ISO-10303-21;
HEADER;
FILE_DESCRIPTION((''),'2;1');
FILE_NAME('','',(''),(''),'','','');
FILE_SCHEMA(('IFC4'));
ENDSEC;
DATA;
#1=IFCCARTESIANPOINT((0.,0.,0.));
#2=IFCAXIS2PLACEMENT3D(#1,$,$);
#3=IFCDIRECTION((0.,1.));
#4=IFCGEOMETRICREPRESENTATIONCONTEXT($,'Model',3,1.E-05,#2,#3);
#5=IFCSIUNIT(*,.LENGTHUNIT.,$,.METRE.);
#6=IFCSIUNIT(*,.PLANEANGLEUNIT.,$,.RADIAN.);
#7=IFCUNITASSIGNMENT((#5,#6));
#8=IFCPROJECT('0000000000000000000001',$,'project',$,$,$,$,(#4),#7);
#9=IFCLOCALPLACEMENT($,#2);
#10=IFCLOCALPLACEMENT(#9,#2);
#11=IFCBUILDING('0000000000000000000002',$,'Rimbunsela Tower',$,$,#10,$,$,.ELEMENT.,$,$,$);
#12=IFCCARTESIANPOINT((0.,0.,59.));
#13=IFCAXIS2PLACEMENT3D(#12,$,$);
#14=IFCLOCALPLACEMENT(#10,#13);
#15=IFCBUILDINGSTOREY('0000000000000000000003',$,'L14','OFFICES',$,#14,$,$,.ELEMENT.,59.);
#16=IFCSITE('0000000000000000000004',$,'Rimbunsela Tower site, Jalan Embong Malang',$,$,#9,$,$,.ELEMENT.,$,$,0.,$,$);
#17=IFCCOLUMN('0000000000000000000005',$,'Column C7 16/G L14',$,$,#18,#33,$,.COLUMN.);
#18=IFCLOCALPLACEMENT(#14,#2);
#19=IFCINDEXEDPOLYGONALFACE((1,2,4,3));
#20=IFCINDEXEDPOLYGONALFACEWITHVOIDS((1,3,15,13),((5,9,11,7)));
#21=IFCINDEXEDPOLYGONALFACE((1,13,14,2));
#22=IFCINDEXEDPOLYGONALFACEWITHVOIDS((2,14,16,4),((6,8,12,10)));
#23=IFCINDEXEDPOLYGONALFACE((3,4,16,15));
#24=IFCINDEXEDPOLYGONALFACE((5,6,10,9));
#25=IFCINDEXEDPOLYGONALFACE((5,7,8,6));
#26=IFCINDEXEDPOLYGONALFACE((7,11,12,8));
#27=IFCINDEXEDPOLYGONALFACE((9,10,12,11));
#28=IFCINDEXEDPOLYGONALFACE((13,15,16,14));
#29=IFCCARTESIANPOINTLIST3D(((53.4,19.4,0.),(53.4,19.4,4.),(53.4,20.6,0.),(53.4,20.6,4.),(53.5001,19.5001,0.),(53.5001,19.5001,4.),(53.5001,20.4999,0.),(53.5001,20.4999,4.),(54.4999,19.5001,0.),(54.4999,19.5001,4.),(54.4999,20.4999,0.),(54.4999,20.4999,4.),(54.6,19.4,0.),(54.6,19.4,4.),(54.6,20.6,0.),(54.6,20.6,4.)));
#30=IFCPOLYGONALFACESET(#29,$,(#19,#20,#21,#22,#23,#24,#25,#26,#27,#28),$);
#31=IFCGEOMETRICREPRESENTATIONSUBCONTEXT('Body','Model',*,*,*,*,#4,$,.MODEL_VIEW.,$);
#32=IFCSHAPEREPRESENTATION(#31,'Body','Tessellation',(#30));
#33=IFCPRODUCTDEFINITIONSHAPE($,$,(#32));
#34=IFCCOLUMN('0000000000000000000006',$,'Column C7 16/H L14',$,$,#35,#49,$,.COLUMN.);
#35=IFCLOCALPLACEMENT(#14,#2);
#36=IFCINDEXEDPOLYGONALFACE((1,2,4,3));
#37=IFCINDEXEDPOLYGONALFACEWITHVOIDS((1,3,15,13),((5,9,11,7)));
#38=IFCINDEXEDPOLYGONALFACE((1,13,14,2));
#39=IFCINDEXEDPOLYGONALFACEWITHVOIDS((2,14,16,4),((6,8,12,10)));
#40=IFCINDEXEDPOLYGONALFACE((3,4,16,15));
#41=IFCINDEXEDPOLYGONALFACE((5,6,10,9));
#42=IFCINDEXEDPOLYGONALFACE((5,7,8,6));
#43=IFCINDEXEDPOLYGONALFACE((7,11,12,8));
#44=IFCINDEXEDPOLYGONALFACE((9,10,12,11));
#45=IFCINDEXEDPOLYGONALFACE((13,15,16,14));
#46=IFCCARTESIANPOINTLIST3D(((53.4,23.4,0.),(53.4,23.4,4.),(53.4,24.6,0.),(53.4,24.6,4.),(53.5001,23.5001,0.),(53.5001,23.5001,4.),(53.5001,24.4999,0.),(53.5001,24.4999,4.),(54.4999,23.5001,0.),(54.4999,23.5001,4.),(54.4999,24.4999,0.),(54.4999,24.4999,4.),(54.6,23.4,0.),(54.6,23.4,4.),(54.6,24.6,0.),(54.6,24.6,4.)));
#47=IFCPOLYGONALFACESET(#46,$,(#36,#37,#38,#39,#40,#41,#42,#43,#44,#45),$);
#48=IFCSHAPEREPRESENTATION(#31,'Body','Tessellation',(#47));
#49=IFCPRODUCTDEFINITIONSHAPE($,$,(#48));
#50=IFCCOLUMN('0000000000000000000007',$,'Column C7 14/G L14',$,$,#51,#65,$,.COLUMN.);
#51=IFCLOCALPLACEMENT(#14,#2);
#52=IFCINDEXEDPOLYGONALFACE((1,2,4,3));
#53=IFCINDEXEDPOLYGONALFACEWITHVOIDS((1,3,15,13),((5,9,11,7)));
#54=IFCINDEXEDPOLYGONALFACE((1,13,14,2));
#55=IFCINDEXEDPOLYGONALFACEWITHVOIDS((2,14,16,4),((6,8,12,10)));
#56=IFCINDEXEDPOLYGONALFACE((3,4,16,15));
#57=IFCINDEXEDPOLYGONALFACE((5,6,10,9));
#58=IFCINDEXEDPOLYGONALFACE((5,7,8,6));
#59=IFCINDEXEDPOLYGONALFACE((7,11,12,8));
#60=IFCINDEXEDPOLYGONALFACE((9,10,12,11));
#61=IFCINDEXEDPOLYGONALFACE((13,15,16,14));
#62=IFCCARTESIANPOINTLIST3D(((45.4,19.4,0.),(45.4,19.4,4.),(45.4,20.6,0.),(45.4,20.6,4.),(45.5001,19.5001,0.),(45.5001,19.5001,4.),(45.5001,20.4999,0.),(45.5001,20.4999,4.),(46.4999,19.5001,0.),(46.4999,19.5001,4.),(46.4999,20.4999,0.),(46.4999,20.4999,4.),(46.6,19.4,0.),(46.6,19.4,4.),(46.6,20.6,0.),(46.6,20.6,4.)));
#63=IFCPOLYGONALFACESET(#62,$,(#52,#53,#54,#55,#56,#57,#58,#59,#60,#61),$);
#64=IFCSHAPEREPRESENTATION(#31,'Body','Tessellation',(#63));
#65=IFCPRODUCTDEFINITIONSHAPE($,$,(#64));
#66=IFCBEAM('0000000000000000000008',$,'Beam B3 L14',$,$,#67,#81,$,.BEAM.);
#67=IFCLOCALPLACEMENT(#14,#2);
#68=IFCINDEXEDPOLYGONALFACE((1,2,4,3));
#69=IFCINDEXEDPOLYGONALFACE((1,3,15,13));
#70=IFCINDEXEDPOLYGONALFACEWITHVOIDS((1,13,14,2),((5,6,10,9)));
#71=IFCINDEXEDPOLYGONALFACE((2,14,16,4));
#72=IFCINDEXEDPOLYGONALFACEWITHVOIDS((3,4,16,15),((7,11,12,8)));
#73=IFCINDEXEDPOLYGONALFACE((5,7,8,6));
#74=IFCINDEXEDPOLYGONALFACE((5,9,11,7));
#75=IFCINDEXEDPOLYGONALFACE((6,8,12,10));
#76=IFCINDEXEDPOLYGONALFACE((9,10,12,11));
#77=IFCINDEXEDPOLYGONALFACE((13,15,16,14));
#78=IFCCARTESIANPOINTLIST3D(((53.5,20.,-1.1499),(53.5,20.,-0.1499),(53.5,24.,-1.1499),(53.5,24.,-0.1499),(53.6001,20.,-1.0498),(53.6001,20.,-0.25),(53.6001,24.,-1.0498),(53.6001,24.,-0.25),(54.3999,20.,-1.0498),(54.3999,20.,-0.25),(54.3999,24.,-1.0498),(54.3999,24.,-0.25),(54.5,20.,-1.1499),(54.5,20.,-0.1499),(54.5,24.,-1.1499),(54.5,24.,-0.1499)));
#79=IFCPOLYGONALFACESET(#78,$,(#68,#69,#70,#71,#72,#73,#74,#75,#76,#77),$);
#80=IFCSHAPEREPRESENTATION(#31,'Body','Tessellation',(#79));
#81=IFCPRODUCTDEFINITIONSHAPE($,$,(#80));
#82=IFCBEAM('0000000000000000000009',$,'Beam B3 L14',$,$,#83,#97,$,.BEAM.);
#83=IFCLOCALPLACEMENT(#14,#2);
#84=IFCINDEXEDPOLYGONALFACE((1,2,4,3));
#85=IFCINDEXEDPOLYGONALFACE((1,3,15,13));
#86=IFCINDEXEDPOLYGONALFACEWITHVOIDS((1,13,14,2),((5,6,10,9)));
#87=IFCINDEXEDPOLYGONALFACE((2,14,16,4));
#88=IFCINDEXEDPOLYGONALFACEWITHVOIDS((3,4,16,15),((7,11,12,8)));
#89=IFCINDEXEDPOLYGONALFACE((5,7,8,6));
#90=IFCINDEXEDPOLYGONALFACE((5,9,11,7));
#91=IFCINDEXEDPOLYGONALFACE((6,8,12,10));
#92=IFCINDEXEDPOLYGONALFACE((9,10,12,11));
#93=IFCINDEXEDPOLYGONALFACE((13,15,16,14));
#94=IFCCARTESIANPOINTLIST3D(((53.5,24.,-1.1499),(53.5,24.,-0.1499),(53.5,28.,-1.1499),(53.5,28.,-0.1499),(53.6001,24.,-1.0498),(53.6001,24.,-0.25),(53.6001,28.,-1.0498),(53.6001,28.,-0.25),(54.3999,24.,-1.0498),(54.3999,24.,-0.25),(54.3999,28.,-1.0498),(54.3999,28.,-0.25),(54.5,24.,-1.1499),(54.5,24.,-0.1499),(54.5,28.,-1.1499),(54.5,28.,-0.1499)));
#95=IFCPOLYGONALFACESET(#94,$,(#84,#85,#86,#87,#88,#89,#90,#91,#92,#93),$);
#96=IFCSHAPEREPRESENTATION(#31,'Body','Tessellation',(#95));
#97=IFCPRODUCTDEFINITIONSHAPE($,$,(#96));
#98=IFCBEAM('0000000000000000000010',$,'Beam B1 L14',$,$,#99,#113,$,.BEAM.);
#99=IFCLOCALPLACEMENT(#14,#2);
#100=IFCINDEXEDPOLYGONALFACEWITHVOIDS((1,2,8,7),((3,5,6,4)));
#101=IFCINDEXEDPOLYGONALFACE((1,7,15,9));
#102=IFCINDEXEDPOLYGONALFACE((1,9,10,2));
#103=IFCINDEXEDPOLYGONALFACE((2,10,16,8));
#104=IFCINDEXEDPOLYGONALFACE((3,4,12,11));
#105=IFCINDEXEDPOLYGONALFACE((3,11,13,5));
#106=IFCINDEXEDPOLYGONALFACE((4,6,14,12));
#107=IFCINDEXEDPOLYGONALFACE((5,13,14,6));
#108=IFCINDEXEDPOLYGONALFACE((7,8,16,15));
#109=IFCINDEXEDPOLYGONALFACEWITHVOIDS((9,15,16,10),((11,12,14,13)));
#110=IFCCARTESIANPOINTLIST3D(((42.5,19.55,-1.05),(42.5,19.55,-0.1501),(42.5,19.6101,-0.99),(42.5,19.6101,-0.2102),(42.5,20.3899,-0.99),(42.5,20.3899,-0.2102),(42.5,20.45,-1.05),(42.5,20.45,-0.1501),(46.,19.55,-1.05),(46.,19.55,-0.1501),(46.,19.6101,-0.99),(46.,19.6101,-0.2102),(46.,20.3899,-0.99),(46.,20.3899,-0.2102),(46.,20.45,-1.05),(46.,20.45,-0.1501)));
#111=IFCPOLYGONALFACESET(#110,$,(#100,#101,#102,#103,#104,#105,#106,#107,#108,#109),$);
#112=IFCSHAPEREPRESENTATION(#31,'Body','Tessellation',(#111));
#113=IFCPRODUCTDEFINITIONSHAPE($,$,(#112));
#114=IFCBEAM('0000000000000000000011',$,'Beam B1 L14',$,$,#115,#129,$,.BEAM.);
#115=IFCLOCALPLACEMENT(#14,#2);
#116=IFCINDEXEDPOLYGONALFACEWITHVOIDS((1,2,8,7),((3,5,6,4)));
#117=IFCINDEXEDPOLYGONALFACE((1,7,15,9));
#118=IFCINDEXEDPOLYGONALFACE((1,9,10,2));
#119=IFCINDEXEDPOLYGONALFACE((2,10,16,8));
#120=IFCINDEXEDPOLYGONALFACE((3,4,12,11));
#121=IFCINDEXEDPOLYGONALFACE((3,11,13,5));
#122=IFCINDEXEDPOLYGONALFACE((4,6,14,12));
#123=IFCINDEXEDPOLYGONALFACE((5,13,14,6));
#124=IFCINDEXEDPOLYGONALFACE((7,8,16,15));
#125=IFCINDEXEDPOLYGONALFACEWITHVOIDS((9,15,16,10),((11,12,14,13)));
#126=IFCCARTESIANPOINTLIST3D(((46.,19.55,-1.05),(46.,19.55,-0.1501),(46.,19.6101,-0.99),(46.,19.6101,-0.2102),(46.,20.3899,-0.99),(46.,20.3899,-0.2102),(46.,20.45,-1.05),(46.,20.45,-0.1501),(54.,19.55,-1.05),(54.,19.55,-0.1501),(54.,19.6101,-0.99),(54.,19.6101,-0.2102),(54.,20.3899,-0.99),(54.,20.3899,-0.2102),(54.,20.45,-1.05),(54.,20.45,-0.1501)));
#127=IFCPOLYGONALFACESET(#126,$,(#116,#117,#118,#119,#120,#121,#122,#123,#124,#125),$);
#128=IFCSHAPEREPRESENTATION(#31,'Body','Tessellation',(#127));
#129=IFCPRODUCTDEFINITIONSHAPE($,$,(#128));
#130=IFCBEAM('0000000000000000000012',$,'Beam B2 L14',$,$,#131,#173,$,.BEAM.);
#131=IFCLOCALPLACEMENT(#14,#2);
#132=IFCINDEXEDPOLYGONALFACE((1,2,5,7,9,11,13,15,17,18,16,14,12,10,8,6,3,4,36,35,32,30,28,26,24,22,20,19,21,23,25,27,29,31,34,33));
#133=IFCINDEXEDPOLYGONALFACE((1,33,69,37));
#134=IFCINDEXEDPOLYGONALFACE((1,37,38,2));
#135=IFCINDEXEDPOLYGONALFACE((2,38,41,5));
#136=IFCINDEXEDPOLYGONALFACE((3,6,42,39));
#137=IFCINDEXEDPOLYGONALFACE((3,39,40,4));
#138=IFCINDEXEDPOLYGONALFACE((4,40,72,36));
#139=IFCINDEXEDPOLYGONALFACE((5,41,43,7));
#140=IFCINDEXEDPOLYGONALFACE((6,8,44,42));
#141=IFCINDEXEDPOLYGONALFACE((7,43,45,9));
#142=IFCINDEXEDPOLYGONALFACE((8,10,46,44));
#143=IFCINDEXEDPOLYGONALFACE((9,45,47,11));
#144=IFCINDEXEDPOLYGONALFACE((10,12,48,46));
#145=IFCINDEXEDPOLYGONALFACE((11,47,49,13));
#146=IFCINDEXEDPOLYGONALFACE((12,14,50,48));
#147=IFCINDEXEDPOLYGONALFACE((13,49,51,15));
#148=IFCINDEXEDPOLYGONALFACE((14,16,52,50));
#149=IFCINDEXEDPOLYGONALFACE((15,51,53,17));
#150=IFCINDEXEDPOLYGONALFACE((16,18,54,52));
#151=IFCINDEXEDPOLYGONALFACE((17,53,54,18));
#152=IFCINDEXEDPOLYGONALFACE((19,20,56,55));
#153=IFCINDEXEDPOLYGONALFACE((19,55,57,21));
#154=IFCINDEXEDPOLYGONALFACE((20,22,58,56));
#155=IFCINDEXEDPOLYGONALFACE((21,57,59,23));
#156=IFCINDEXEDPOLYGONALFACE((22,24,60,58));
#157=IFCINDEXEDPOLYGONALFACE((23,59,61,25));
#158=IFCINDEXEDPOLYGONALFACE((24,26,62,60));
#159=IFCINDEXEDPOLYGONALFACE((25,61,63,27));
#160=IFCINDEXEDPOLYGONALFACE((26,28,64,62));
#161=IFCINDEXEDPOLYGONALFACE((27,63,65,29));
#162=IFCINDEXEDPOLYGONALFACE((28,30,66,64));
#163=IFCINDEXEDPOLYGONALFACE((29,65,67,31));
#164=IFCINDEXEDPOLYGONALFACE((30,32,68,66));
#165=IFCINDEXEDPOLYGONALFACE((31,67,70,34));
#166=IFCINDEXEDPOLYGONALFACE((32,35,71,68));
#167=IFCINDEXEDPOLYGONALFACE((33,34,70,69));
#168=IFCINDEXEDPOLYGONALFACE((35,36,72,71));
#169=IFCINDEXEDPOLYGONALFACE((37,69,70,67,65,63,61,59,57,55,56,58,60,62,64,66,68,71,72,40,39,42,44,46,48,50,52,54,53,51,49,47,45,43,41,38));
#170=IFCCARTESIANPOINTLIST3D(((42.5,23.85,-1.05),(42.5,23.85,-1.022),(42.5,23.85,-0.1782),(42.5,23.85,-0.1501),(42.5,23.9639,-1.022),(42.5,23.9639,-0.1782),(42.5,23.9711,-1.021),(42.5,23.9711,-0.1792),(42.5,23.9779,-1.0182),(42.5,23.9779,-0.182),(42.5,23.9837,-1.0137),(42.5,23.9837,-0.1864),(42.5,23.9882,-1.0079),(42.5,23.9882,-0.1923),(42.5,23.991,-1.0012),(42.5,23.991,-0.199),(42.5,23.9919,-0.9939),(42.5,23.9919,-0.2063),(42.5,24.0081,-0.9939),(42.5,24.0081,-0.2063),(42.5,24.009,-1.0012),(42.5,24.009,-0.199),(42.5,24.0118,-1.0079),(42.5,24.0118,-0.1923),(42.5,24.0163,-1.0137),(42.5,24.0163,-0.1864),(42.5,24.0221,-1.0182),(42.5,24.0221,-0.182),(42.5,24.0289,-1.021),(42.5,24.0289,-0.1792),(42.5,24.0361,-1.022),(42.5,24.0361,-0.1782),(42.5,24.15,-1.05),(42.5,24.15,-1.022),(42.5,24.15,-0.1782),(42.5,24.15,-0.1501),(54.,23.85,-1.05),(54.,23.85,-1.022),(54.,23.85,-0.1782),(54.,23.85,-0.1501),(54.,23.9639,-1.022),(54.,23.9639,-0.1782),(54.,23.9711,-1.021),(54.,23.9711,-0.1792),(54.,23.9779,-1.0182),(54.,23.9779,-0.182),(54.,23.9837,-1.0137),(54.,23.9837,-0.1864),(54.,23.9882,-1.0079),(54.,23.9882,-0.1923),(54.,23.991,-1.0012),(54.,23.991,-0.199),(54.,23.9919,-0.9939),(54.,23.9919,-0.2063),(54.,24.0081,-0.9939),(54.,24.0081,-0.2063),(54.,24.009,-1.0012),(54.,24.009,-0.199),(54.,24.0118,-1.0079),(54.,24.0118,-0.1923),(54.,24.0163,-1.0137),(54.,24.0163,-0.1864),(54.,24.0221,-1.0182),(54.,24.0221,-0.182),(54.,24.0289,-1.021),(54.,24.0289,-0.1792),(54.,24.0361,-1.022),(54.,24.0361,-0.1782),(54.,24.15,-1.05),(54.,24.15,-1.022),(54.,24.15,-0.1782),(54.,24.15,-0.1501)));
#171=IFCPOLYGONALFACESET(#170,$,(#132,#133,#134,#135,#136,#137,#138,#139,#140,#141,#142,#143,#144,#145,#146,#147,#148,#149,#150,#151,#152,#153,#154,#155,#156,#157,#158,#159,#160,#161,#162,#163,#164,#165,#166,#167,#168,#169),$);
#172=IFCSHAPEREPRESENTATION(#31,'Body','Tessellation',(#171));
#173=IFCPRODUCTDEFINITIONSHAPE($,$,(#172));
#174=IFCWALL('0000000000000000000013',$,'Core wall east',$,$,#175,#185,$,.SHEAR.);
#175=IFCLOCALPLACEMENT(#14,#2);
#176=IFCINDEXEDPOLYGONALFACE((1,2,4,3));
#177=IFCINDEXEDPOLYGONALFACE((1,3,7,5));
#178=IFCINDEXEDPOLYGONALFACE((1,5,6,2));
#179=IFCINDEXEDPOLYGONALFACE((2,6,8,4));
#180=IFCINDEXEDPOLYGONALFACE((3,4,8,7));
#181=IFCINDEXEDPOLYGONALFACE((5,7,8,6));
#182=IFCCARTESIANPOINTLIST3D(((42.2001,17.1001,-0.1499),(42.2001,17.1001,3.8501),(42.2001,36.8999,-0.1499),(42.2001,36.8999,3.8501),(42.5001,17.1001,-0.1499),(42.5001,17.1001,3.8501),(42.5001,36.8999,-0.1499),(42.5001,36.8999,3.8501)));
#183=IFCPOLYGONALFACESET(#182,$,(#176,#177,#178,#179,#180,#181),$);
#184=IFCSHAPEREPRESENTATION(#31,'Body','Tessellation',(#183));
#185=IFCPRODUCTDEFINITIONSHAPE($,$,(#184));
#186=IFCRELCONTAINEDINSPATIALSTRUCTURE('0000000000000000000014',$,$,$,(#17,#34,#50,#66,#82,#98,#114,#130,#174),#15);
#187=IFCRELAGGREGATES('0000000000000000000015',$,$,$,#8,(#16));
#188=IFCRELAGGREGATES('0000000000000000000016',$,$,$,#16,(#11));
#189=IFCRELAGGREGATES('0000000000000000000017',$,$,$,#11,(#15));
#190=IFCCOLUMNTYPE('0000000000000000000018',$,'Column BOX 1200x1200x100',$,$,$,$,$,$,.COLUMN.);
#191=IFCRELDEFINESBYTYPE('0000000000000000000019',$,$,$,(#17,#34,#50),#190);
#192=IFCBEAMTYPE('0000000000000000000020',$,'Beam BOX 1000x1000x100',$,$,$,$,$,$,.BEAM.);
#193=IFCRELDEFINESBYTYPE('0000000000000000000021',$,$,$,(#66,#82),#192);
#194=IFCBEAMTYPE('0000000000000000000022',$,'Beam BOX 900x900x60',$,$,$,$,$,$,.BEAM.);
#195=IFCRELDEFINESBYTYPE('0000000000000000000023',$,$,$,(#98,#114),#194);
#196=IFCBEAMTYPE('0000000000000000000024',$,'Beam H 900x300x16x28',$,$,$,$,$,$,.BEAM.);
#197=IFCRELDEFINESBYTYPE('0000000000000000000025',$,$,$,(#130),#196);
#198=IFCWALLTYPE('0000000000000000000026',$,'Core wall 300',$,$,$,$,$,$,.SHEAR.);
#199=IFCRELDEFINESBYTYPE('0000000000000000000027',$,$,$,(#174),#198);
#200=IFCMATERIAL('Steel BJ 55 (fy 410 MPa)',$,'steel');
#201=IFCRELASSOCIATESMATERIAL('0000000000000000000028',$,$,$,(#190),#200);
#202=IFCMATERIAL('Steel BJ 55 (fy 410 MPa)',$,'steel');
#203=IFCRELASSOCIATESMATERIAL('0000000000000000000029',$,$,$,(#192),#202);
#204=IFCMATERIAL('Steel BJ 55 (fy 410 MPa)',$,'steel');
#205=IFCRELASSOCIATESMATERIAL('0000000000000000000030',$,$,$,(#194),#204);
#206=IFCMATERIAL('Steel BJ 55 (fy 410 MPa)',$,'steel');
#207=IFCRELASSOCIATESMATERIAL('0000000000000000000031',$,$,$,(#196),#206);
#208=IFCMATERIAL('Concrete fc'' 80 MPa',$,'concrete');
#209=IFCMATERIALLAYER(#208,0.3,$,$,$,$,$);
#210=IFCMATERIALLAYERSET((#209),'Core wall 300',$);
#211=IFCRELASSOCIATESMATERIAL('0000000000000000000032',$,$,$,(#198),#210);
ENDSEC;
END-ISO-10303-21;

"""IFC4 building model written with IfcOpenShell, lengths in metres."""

from ifc_helpers import new_model, si_unit, direction, frame, frame_2d, origin, origin_2d, place, context, subcontext, project, spatial, rectangle, hollow_rectangle, i_section, extrude, material, layer, layer_set, material_profile, profile_set, type_object, element, save


model = new_model("IFC4")

# Units and contexts
model_context = context("Model", 3, precision=1e-05, world=origin(), true_north=direction((0.0, 1.0)))
body_context = subcontext(model_context, "Body", "Model", "MODEL_VIEW")
ifc_project = project(units=[si_unit("LENGTHUNIT", "METRE"), si_unit("PLANEANGLEUNIT", "RADIAN")], contexts=[model_context])

# Site, building, storey
site_placement = place(None, origin())
site = spatial("IfcSite", under=ifc_project, at=site_placement, Name="Rimbunsela Tower site, Jalan Embong Malang", CompositionType="ELEMENT", RefElevation=0.0)
building_placement = place(site_placement, origin())
building = spatial("IfcBuilding", under=site, at=building_placement, Name="Rimbunsela Tower", CompositionType="ELEMENT")
storey_placement = place(building_placement, frame((0.0, 0.0, 59.0)))
storey = spatial("IfcBuildingStorey", under=building, at=storey_placement, Name="L14", Description="OFFICES", CompositionType="ELEMENT", Elevation=59.0)

# Columns
ifc_material_1 = material(Name="Steel BJ 55 (fy 410 MPa)", Category="steel")
ifc_material_profile_1 = material_profile(ifc_material_1, hollow_rectangle(XDim=1.2, YDim=1.2, WallThickness=0.1001, at=origin_2d()), Name="BOX 1200x1200x100")
ifc_profile_set_1 = profile_set([ifc_material_profile_1], Name="Steel BJ 55 (fy 410 MPa)")
column_type = type_object("IfcColumnType", Name="Column BOX 1200x1200x100", PredefinedType="COLUMN", material=ifc_profile_set_1)
for number, where, z_axis, x_axis, name in (
    (1, (54.0, 20.0, 0.0), (0.0, 0.0, 1.0), (1.0, 0.0, 0.0), "Column C7 16/G L14"),
    (2, (54.0, 24.0, 0.0), (0.0, 0.0, 1.0), (1.0, 0.0, 0.0), "Column C7 16/H L14"),
    (3, (46.0, 20.0, 0.0), (0.0, 0.0, 1.0), (1.0, 0.0, 0.0), "Column C7 14/G L14"),
):
    element("IfcColumn", number, at=place(storey_placement, frame(where, z_axis=z_axis, x_axis=x_axis)), inside=storey, type_object=column_type, Name=name, PredefinedType="COLUMN", context=body_context, shape_type="SweptSolid", body=[
        extrude(hollow_rectangle(XDim=1.2, YDim=1.2, WallThickness=0.1001, at=origin_2d()), origin(), (0.0, 0.0, 1.0), 4.0),
    ])

# Beams
ifc_material_2 = material(Name="Steel BJ 55 (fy 410 MPa)", Category="steel")
ifc_material_profile_2 = material_profile(ifc_material_2, hollow_rectangle(XDim=1.0, YDim=1.0, WallThickness=0.1001, at=origin_2d()), Name="BOX 1000x1000x100")
ifc_profile_set_2 = profile_set([ifc_material_profile_2], Name="Steel BJ 55 (fy 410 MPa)")
beam_type_1 = type_object("IfcBeamType", Name="Beam BOX 1000x1000x100", PredefinedType="BEAM", material=ifc_profile_set_2)
for number, where, z_axis, x_axis, name in (
    (4, (54.0, 20.0, -0.6499), (0.0, 1.0, 0.0), (-1.0, 0.0, 0.0), "Beam B3 L14"),
    (5, (54.0, 24.0, -0.6499), (0.0, 1.0, 0.0), (-1.0, 0.0, 0.0), "Beam B3 L14"),
):
    element("IfcBeam", number, at=place(storey_placement, frame(where, z_axis=z_axis, x_axis=x_axis)), inside=storey, type_object=beam_type_1, Name=name, PredefinedType="BEAM", context=body_context, shape_type="SweptSolid", body=[
        extrude(hollow_rectangle(XDim=1.0, YDim=1.0, WallThickness=0.1001, at=origin_2d()), origin(), (0.0, 0.0, 1.0), 4.0),
    ])
ifc_material_3 = material(Name="Steel BJ 55 (fy 410 MPa)", Category="steel")
ifc_material_profile_3 = material_profile(ifc_material_3, hollow_rectangle(XDim=0.8999, YDim=0.8999, WallThickness=0.0601, at=origin_2d()), Name="BOX 900x900x60")
ifc_profile_set_3 = profile_set([ifc_material_profile_3], Name="Steel BJ 55 (fy 410 MPa)")
beam_type_2 = type_object("IfcBeamType", Name="Beam BOX 900x900x60", PredefinedType="BEAM", material=ifc_profile_set_3)
beam_1_placement = place(storey_placement, frame((42.5, 20.0, -0.6001), z_axis=(1.0, 0.0, 0.0), x_axis=(0.0, 1.0, 0.0)))
element("IfcBeam", 6, at=beam_1_placement, inside=storey, type_object=beam_type_2, Name="Beam B1 L14", PredefinedType="BEAM", context=body_context, shape_type="SweptSolid", body=[
    extrude(hollow_rectangle(XDim=0.8999, YDim=0.8999, WallThickness=0.0601, at=origin_2d()), origin(), (0.0, 0.0, 1.0), 3.5),
])
beam_2_placement = place(storey_placement, frame((46.0, 20.0, -0.6001), z_axis=(1.0, 0.0, 0.0), x_axis=(0.0, 1.0, 0.0)))
element("IfcBeam", 7, at=beam_2_placement, inside=storey, type_object=beam_type_2, Name="Beam B1 L14", PredefinedType="BEAM", context=body_context, shape_type="SweptSolid", body=[
    extrude(hollow_rectangle(XDim=0.8999, YDim=0.8999, WallThickness=0.0601, at=origin_2d()), origin(), (0.0, 0.0, 1.0), 8.0),
])
ifc_material_4 = material(Name="Steel BJ 55 (fy 410 MPa)", Category="steel")
ifc_material_profile_4 = material_profile(ifc_material_4, i_section(OverallWidth=0.3, OverallDepth=0.8999, WebThickness=0.0161, FlangeThickness=0.0281, FilletRadius=0.0281, at=origin_2d()), Name="H 900x300x16x28")
ifc_profile_set_4 = profile_set([ifc_material_profile_4], Name="Steel BJ 55 (fy 410 MPa)")
beam_type_3 = type_object("IfcBeamType", Name="Beam H 900x300x16x28", PredefinedType="BEAM", material=ifc_profile_set_4)
beam_3_placement = place(storey_placement, frame((42.5, 24.0, -0.6001), z_axis=(1.0, 0.0, 0.0), x_axis=(0.0, 1.0, 0.0)))
element("IfcBeam", 8, at=beam_3_placement, inside=storey, type_object=beam_type_3, Name="Beam B2 L14", PredefinedType="BEAM", context=body_context, shape_type="SweptSolid", body=[
    extrude(i_section(OverallWidth=0.3, OverallDepth=0.8999, WebThickness=0.0161, FlangeThickness=0.0281, FilletRadius=0.0281, at=origin_2d()), origin(), (0.0, 0.0, 1.0), 11.5),
])

# Wall
ifc_material_5 = material(Name="Concrete fc' 80 MPa", Category="concrete")
ifc_layer_1 = layer(ifc_material_5, 0.3)
ifc_layer_set_1 = layer_set([ifc_layer_1], Name="Core wall 300")
wall_type_1 = type_object("IfcWallType", Name="Core wall 300", PredefinedType="SHEAR", material=ifc_layer_set_1)
wall_1_placement = place(storey_placement, frame((42.3501, 17.1001, -0.1499), z_axis=(0.0, 0.0, 1.0), x_axis=(0.0, 1.0, 0.0)))
element("IfcWall", 9, at=wall_1_placement, inside=storey, type_object=wall_type_1, Name="Core wall east", PredefinedType="SHEAR", context=body_context, shape_type="SweptSolid", body=[
    extrude(rectangle(XDim=19.7998, YDim=0.3, at=frame_2d((9.8999, 0.0))), origin(), (0.0, 0.0, 1.0), 4.0),
])

save(model, "model.ifc")
